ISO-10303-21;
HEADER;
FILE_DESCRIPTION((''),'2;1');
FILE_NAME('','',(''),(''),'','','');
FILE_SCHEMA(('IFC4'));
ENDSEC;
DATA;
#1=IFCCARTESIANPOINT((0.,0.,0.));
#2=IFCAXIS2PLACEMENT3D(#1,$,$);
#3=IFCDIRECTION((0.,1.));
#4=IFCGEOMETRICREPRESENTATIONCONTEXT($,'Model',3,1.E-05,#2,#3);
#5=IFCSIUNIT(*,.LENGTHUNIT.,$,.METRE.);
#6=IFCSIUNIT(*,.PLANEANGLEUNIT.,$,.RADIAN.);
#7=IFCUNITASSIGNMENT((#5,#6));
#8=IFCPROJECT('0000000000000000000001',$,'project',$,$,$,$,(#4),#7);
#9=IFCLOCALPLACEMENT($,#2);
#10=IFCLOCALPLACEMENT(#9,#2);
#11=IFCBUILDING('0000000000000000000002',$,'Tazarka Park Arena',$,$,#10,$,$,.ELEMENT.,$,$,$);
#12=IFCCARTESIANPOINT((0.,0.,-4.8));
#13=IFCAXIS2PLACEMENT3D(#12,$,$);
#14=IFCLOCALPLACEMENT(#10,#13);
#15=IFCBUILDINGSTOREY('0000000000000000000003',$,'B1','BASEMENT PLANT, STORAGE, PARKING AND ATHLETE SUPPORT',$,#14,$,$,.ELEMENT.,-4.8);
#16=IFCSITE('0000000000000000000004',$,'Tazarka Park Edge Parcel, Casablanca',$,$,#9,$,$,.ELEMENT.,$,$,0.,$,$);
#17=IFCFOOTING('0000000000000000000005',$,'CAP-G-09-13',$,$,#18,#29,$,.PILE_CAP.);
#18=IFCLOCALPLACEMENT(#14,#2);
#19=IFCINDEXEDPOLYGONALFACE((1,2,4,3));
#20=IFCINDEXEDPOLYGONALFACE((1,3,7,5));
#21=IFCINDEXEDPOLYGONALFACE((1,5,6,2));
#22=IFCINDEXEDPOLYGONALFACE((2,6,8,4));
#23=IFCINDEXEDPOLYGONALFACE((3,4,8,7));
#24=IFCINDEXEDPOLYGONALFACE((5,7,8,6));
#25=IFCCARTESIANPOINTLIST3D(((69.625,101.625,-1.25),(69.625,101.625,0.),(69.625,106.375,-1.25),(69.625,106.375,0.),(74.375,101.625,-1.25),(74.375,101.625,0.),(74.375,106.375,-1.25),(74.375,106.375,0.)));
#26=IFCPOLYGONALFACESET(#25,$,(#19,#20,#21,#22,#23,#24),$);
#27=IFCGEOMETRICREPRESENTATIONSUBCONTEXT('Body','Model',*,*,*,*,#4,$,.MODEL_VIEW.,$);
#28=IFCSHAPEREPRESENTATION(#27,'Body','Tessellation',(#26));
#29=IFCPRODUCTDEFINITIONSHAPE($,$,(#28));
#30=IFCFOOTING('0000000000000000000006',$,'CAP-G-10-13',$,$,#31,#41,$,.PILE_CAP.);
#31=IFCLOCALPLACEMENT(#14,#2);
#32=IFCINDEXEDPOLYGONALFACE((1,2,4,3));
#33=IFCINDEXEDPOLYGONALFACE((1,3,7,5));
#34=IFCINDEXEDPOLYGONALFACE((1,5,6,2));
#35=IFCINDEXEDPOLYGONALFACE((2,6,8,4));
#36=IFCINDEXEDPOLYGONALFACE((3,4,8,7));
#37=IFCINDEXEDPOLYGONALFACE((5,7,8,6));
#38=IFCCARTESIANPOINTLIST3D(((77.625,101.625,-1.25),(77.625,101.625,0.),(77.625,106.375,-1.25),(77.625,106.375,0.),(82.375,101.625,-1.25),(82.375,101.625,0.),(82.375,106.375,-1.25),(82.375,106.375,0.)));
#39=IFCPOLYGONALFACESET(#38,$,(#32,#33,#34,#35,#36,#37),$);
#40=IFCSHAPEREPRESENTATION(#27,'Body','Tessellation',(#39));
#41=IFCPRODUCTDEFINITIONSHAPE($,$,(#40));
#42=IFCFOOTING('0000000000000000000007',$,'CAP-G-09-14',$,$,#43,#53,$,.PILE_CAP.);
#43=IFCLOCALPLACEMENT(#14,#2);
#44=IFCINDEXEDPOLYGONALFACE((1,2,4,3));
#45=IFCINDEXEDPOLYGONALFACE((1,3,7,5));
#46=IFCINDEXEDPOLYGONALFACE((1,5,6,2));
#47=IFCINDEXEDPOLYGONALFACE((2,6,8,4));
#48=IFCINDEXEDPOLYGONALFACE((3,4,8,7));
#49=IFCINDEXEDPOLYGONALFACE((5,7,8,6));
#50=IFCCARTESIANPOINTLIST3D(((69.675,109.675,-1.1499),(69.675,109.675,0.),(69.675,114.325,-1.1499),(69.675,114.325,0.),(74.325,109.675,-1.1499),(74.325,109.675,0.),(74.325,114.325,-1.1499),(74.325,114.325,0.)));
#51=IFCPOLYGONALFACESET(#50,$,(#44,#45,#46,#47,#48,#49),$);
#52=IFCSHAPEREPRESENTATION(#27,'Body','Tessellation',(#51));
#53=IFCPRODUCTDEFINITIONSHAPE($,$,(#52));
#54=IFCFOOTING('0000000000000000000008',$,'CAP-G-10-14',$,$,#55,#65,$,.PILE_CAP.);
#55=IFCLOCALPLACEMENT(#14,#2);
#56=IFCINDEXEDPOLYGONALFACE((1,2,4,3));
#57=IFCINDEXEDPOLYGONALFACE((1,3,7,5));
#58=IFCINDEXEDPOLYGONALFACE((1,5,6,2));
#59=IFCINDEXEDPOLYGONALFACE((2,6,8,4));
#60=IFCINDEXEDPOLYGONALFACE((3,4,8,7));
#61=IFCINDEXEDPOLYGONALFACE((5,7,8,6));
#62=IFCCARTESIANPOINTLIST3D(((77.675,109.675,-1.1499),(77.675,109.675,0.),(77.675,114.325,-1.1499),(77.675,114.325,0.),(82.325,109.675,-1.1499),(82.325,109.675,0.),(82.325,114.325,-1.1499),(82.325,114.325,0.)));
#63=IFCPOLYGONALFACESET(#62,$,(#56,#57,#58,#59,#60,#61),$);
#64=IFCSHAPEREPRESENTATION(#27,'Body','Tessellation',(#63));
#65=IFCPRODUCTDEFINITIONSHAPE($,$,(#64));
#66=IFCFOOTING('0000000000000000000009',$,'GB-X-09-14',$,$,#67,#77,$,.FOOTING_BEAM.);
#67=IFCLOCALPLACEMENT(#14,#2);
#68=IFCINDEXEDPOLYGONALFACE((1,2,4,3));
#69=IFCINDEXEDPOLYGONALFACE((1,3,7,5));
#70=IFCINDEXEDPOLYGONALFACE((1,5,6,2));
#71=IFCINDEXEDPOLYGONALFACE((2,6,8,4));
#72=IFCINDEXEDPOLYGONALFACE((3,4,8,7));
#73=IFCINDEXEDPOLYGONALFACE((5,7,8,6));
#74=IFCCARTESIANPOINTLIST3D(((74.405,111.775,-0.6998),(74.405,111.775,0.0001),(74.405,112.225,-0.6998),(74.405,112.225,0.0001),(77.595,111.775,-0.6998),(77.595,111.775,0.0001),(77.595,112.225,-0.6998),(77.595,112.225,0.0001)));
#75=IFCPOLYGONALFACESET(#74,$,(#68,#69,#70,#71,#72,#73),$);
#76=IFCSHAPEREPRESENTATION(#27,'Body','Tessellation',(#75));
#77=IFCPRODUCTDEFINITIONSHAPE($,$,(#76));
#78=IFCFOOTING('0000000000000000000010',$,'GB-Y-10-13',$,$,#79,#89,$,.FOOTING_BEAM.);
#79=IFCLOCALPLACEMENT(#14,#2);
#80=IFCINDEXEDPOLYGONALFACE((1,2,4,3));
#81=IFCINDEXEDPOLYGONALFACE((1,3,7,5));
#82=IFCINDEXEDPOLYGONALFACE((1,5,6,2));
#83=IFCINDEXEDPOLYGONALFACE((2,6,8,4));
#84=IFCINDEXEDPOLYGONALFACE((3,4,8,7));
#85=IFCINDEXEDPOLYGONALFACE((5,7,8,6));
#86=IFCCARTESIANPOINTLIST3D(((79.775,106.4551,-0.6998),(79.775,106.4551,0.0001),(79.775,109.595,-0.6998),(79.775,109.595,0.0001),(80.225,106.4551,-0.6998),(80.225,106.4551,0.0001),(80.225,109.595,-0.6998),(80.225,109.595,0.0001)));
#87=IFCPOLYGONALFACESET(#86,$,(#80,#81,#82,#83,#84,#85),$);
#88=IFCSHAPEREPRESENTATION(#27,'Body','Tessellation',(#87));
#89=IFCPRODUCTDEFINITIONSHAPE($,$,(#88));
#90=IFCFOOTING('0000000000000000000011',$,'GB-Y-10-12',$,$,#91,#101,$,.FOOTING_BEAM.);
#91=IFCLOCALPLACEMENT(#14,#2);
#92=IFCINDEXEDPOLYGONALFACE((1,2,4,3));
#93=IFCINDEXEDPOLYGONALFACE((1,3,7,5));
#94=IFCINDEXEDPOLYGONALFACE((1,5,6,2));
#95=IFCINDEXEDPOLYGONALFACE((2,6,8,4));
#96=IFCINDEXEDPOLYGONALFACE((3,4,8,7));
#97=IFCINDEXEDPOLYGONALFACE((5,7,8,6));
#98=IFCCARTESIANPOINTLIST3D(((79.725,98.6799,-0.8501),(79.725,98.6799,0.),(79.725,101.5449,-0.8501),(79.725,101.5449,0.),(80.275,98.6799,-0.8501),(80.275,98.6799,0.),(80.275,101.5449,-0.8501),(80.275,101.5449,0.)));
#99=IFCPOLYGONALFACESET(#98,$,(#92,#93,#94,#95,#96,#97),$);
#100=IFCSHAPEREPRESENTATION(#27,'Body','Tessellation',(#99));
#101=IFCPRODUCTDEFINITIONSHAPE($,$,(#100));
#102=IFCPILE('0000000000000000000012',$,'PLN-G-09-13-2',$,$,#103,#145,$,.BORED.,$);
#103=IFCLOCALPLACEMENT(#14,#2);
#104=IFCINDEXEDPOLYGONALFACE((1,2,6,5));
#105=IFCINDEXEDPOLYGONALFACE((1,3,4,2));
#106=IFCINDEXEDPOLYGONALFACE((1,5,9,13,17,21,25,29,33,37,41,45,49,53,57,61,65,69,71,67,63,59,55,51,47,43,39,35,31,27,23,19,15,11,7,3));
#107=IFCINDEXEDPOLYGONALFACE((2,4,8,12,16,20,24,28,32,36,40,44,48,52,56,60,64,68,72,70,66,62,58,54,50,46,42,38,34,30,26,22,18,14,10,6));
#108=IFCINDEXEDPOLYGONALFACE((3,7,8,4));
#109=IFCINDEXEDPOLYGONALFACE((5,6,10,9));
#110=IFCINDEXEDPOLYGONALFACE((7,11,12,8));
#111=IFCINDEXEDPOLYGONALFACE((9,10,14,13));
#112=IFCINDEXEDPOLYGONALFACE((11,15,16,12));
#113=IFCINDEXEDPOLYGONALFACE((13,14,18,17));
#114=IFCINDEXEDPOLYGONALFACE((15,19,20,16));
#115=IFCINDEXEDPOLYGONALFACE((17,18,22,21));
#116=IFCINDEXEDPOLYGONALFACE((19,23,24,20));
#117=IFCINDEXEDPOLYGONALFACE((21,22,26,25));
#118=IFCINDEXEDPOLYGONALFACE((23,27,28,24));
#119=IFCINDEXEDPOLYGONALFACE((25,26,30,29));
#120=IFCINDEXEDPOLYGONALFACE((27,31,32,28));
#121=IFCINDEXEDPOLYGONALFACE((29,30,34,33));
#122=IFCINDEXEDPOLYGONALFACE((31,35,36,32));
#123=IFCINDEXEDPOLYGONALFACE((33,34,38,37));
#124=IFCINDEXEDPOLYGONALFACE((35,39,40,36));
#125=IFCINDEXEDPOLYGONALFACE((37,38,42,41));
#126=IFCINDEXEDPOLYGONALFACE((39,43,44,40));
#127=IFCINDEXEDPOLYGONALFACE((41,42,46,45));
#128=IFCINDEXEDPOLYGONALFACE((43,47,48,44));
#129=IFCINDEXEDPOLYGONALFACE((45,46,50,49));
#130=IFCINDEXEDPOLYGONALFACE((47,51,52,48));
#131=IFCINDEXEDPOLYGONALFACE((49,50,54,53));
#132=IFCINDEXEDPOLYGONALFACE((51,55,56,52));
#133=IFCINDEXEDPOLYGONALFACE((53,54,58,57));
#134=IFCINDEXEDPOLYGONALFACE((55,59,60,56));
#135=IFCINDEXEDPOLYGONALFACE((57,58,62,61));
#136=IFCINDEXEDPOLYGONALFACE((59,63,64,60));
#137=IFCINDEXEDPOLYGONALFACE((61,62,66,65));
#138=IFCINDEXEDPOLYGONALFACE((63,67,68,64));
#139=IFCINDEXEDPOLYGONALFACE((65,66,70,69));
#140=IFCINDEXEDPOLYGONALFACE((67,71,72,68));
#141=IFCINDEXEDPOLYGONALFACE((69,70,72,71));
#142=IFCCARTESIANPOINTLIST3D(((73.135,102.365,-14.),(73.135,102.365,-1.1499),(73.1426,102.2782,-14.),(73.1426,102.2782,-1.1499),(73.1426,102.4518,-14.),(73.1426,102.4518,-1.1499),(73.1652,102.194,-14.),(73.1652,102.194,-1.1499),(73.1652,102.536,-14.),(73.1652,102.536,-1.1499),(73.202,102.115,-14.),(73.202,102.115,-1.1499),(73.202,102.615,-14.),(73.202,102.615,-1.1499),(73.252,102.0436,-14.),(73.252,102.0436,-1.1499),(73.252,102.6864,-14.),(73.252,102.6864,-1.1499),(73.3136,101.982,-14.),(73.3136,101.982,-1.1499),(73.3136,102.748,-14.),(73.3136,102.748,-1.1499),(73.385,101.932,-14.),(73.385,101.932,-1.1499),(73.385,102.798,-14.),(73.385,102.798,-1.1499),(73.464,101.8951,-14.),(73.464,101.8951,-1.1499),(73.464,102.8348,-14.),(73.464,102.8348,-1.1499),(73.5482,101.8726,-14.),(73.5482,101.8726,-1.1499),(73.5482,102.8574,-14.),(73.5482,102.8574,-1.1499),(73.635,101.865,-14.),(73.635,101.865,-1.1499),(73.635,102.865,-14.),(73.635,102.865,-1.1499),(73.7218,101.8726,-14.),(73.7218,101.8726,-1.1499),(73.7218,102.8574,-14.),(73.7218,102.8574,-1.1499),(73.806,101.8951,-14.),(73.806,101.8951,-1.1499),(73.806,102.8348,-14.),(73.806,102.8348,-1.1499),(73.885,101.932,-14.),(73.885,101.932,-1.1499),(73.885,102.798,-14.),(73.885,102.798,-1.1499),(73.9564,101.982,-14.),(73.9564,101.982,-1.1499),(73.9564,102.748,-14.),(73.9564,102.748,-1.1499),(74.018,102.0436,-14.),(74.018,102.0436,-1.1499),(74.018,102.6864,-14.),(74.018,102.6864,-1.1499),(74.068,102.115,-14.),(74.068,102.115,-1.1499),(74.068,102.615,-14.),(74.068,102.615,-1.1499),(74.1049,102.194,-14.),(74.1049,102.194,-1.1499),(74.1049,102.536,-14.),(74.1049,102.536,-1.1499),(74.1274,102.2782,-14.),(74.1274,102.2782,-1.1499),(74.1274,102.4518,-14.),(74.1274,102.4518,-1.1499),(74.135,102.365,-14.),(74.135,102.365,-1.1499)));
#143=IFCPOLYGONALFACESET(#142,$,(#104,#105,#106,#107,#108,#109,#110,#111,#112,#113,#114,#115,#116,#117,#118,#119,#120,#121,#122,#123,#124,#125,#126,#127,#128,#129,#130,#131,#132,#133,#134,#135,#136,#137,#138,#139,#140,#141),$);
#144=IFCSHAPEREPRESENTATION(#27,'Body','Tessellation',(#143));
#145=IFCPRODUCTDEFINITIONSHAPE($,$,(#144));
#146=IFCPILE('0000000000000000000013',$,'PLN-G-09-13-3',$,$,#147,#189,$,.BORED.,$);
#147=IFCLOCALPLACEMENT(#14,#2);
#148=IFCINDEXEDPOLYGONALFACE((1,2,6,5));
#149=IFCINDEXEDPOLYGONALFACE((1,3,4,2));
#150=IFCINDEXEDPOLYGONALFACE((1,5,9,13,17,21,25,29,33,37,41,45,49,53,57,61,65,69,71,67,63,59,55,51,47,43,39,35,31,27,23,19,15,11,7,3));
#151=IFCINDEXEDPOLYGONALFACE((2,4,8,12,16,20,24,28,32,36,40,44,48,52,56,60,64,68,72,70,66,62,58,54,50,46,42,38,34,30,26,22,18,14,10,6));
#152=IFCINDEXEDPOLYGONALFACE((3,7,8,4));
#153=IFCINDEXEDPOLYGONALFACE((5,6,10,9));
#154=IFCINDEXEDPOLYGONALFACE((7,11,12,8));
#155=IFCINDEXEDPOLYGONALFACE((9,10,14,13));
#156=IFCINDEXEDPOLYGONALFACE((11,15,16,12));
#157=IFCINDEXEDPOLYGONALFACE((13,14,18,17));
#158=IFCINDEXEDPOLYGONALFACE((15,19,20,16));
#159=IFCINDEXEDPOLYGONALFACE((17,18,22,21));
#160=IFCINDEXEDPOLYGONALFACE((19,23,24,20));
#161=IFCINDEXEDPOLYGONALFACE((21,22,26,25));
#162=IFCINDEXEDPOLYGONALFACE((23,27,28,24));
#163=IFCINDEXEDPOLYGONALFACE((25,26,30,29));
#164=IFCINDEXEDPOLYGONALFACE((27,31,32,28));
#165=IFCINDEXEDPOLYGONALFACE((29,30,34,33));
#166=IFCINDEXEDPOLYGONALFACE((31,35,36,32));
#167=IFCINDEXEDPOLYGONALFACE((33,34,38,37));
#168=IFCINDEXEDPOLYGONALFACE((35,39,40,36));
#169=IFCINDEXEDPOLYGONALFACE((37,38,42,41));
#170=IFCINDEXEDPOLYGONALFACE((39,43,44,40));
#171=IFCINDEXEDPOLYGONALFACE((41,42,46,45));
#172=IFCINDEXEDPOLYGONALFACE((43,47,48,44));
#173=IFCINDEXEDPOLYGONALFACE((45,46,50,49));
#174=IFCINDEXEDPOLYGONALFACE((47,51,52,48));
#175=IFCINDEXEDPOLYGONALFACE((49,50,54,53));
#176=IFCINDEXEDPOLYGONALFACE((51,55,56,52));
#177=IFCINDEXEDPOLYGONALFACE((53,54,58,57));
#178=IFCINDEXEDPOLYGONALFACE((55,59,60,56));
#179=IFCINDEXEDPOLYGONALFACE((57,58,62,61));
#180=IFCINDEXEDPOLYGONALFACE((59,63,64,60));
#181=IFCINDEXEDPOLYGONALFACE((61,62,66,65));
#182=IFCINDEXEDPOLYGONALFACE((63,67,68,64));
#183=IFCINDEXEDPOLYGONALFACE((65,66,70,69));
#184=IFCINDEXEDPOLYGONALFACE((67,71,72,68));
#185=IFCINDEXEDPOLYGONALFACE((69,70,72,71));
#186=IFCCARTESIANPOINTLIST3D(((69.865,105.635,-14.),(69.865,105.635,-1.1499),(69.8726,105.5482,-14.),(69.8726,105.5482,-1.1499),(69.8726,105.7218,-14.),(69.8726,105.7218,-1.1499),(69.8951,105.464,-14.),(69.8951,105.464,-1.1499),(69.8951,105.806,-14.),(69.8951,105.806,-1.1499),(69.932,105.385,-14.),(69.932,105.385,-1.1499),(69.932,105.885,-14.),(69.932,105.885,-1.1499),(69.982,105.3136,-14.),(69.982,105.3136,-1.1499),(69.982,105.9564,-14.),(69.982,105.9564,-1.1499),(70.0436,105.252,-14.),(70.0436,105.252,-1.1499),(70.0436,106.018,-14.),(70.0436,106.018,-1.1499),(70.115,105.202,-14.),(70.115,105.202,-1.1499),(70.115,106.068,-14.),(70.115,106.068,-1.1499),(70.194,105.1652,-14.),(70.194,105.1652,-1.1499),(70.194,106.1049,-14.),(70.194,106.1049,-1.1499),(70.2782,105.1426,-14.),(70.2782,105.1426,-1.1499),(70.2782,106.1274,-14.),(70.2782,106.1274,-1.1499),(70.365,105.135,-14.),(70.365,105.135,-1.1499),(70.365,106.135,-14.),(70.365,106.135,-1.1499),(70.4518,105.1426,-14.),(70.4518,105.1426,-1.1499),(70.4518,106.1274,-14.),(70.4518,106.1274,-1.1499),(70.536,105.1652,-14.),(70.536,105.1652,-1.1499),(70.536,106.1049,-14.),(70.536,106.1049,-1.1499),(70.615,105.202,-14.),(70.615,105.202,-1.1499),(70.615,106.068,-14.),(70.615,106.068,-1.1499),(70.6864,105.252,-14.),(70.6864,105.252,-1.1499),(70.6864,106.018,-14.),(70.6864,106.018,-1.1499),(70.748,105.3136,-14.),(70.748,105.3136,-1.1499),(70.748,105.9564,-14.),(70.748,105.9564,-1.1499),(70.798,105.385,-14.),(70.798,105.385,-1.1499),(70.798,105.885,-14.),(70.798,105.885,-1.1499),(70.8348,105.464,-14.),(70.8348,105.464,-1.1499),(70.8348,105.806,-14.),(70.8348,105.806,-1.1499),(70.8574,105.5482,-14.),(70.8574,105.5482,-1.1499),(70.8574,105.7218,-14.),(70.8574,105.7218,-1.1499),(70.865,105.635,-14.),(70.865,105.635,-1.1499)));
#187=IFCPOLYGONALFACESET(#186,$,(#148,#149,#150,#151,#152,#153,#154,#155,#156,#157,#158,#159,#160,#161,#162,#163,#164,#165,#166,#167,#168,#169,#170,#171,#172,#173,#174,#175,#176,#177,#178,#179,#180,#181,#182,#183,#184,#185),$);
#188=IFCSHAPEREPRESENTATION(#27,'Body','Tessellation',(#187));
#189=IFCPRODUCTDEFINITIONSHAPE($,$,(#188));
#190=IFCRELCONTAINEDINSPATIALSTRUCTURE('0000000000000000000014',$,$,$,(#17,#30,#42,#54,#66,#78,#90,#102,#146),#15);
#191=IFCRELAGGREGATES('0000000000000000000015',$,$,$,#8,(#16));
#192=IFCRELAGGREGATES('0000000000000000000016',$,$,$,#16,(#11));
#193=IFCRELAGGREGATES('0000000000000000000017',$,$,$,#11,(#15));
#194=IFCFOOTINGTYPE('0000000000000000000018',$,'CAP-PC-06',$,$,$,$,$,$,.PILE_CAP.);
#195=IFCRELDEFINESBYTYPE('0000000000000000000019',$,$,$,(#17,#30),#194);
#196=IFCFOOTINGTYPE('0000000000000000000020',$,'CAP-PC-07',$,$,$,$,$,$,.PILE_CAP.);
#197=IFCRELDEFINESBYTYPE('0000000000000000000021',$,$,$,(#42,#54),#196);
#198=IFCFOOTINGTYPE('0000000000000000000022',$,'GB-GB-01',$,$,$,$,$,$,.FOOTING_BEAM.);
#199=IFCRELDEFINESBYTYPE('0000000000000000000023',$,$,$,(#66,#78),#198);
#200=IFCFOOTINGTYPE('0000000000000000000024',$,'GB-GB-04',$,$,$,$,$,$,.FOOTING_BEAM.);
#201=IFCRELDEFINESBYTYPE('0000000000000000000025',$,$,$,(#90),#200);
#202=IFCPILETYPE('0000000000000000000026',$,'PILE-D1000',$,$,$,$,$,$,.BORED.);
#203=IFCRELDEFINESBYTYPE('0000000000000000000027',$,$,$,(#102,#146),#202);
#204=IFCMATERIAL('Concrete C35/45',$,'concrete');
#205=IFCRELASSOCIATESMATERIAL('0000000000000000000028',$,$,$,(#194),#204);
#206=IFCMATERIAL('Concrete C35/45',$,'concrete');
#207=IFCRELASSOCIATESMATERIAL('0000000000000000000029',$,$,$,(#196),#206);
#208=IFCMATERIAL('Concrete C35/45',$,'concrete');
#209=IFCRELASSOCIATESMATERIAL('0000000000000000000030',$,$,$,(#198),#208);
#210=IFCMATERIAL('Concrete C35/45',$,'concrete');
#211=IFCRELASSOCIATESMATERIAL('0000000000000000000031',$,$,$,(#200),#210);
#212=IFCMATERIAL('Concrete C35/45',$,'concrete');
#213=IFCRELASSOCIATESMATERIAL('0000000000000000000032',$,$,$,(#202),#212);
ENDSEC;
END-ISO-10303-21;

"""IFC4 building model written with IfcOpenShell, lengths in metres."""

from ifc_helpers import new_model, si_unit, direction, frame, origin, origin_2d, place, context, subcontext, project, spatial, rectangle, circle, extrude, material, material_profile, profile_set, type_object, element, save


model = new_model("IFC4")

# Units and contexts
model_context = context("Model", 3, precision=1e-05, world=origin(), true_north=direction((0.0, 1.0)))
body_context = subcontext(model_context, "Body", "Model", "MODEL_VIEW")
ifc_project = project(units=[si_unit("LENGTHUNIT", "METRE"), si_unit("PLANEANGLEUNIT", "RADIAN")], contexts=[model_context])

# Site, building, storey
site_placement = place(None, origin())
site = spatial("IfcSite", under=ifc_project, at=site_placement, Name="Tazarka Park Edge Parcel, Casablanca", CompositionType="ELEMENT", RefElevation=0.0)
building_placement = place(site_placement, origin())
building = spatial("IfcBuilding", under=site, at=building_placement, Name="Tazarka Park Arena", CompositionType="ELEMENT")
storey_placement = place(building_placement, frame((0.0, 0.0, -4.8)))
storey = spatial("IfcBuildingStorey", under=building, at=storey_placement, Name="B1", Description="BASEMENT PLANT, STORAGE, PARKING AND ATHLETE SUPPORT", CompositionType="ELEMENT", Elevation=-4.8)

# Footings
ifc_material_1 = material(Name="Concrete C35/45", Category="concrete")
footing_type_1 = type_object("IfcFootingType", Name="CAP-PC-06", PredefinedType="PILE_CAP", material=ifc_material_1)
for number, where, z_axis, x_axis, name in (
    (1, (72.0, 104.0, -1.25), (0.0, 0.0, 1.0), (1.0, 0.0, 0.0), "CAP-G-09-13"),
    (2, (80.0, 104.0, -1.25), (0.0, 0.0, 1.0), (1.0, 0.0, 0.0), "CAP-G-10-13"),
):
    element("IfcFooting", number, at=place(storey_placement, frame(where, z_axis=z_axis, x_axis=x_axis)), inside=storey, type_object=footing_type_1, Name=name, PredefinedType="PILE_CAP", context=body_context, shape_type="SweptSolid", body=[
        extrude(rectangle(XDim=4.75, YDim=4.75, at=origin_2d()), origin(), (0.0, 0.0, 1.0), 1.25),
    ])
ifc_material_2 = material(Name="Concrete C35/45", Category="concrete")
footing_type_2 = type_object("IfcFootingType", Name="CAP-PC-07", PredefinedType="PILE_CAP", material=ifc_material_2)
for number, where, z_axis, x_axis, name in (
    (3, (72.0, 112.0, -1.1499), (0.0, 0.0, 1.0), (1.0, 0.0, 0.0), "CAP-G-09-14"),
    (4, (80.0, 112.0, -1.1499), (0.0, 0.0, 1.0), (1.0, 0.0, 0.0), "CAP-G-10-14"),
):
    element("IfcFooting", number, at=place(storey_placement, frame(where, z_axis=z_axis, x_axis=x_axis)), inside=storey, type_object=footing_type_2, Name=name, PredefinedType="PILE_CAP", context=body_context, shape_type="SweptSolid", body=[
        extrude(rectangle(XDim=4.6499, YDim=4.6499, at=origin_2d()), origin(), (0.0, 0.0, 1.0), 1.1499),
    ])
ifc_material_3 = material(Name="Concrete C35/45", Category="concrete")
ifc_material_profile_1 = material_profile(ifc_material_3, rectangle(XDim=0.45, YDim=0.7, at=origin_2d()), Name="Concrete C35/45")
ifc_profile_set_1 = profile_set([ifc_material_profile_1], Name="Concrete C35/45")
footing_type_3 = type_object("IfcFootingType", Name="GB-GB-01", PredefinedType="FOOTING_BEAM", material=ifc_profile_set_1)
footing_1_placement = place(storey_placement, frame((74.405, 112.0, -0.3499), z_axis=(1.0, 0.0, 0.0), x_axis=(0.0, 1.0, 0.0)))
element("IfcFooting", 5, at=footing_1_placement, inside=storey, type_object=footing_type_3, Name="GB-X-09-14", PredefinedType="FOOTING_BEAM", context=body_context, shape_type="SweptSolid", body=[
    extrude(rectangle(XDim=0.45, YDim=0.7, at=origin_2d()), origin(), (0.0, 0.0, 1.0), 3.1899),
])
footing_2_placement = place(storey_placement, frame((80.0, 106.4551, -0.3499), z_axis=(0.0, 1.0, 0.0), x_axis=(-1.0, 0.0, 0.0)))
element("IfcFooting", 6, at=footing_2_placement, inside=storey, type_object=footing_type_3, Name="GB-Y-10-13", PredefinedType="FOOTING_BEAM", context=body_context, shape_type="SweptSolid", body=[
    extrude(rectangle(XDim=0.45, YDim=0.7, at=origin_2d()), origin(), (0.0, 0.0, 1.0), 3.1399),
])
ifc_material_4 = material(Name="Concrete C35/45", Category="concrete")
ifc_material_profile_2 = material_profile(ifc_material_4, rectangle(XDim=0.55, YDim=0.8501, at=origin_2d()), Name="Concrete C35/45")
ifc_profile_set_2 = profile_set([ifc_material_profile_2], Name="Concrete C35/45")
footing_type_4 = type_object("IfcFootingType", Name="GB-GB-04", PredefinedType="FOOTING_BEAM", material=ifc_profile_set_2)
footing_3_placement = place(storey_placement, frame((80.0, 98.6799, -0.425), z_axis=(0.0, 1.0, 0.0), x_axis=(-1.0, 0.0, 0.0)))
element("IfcFooting", 7, at=footing_3_placement, inside=storey, type_object=footing_type_4, Name="GB-Y-10-12", PredefinedType="FOOTING_BEAM", context=body_context, shape_type="SweptSolid", body=[
    extrude(rectangle(XDim=0.55, YDim=0.8501, at=origin_2d()), origin(), (0.0, 0.0, 1.0), 2.865),
])

# Piles
ifc_material_5 = material(Name="Concrete C35/45", Category="concrete")
ifc_material_profile_3 = material_profile(ifc_material_5, circle(Radius=0.5, at=origin_2d()), Name="Concrete C35/45")
ifc_profile_set_3 = profile_set([ifc_material_profile_3], Name="Concrete C35/45")
pile_type_1 = type_object("IfcPileType", Name="PILE-D1000", PredefinedType="BORED", material=ifc_profile_set_3)
for number, where, z_axis, x_axis, name in (
    (8, (73.635, 102.365, -1.1499), (0.0, 0.0, -1.0), (1.0, 0.0, 0.0), "PLN-G-09-13-2"),
    (9, (70.365, 105.635, -1.1499), (0.0, 0.0, -1.0), (1.0, 0.0, 0.0), "PLN-G-09-13-3"),
):
    element("IfcPile", number, at=place(storey_placement, frame(where, z_axis=z_axis, x_axis=x_axis)), inside=storey, type_object=pile_type_1, Name=name, PredefinedType="BORED", context=body_context, shape_type="SweptSolid", body=[
        extrude(circle(Radius=0.5, at=origin_2d()), origin(), (0.0, 0.0, 1.0), 12.8501),
    ])

save(model, "model.ifc")
